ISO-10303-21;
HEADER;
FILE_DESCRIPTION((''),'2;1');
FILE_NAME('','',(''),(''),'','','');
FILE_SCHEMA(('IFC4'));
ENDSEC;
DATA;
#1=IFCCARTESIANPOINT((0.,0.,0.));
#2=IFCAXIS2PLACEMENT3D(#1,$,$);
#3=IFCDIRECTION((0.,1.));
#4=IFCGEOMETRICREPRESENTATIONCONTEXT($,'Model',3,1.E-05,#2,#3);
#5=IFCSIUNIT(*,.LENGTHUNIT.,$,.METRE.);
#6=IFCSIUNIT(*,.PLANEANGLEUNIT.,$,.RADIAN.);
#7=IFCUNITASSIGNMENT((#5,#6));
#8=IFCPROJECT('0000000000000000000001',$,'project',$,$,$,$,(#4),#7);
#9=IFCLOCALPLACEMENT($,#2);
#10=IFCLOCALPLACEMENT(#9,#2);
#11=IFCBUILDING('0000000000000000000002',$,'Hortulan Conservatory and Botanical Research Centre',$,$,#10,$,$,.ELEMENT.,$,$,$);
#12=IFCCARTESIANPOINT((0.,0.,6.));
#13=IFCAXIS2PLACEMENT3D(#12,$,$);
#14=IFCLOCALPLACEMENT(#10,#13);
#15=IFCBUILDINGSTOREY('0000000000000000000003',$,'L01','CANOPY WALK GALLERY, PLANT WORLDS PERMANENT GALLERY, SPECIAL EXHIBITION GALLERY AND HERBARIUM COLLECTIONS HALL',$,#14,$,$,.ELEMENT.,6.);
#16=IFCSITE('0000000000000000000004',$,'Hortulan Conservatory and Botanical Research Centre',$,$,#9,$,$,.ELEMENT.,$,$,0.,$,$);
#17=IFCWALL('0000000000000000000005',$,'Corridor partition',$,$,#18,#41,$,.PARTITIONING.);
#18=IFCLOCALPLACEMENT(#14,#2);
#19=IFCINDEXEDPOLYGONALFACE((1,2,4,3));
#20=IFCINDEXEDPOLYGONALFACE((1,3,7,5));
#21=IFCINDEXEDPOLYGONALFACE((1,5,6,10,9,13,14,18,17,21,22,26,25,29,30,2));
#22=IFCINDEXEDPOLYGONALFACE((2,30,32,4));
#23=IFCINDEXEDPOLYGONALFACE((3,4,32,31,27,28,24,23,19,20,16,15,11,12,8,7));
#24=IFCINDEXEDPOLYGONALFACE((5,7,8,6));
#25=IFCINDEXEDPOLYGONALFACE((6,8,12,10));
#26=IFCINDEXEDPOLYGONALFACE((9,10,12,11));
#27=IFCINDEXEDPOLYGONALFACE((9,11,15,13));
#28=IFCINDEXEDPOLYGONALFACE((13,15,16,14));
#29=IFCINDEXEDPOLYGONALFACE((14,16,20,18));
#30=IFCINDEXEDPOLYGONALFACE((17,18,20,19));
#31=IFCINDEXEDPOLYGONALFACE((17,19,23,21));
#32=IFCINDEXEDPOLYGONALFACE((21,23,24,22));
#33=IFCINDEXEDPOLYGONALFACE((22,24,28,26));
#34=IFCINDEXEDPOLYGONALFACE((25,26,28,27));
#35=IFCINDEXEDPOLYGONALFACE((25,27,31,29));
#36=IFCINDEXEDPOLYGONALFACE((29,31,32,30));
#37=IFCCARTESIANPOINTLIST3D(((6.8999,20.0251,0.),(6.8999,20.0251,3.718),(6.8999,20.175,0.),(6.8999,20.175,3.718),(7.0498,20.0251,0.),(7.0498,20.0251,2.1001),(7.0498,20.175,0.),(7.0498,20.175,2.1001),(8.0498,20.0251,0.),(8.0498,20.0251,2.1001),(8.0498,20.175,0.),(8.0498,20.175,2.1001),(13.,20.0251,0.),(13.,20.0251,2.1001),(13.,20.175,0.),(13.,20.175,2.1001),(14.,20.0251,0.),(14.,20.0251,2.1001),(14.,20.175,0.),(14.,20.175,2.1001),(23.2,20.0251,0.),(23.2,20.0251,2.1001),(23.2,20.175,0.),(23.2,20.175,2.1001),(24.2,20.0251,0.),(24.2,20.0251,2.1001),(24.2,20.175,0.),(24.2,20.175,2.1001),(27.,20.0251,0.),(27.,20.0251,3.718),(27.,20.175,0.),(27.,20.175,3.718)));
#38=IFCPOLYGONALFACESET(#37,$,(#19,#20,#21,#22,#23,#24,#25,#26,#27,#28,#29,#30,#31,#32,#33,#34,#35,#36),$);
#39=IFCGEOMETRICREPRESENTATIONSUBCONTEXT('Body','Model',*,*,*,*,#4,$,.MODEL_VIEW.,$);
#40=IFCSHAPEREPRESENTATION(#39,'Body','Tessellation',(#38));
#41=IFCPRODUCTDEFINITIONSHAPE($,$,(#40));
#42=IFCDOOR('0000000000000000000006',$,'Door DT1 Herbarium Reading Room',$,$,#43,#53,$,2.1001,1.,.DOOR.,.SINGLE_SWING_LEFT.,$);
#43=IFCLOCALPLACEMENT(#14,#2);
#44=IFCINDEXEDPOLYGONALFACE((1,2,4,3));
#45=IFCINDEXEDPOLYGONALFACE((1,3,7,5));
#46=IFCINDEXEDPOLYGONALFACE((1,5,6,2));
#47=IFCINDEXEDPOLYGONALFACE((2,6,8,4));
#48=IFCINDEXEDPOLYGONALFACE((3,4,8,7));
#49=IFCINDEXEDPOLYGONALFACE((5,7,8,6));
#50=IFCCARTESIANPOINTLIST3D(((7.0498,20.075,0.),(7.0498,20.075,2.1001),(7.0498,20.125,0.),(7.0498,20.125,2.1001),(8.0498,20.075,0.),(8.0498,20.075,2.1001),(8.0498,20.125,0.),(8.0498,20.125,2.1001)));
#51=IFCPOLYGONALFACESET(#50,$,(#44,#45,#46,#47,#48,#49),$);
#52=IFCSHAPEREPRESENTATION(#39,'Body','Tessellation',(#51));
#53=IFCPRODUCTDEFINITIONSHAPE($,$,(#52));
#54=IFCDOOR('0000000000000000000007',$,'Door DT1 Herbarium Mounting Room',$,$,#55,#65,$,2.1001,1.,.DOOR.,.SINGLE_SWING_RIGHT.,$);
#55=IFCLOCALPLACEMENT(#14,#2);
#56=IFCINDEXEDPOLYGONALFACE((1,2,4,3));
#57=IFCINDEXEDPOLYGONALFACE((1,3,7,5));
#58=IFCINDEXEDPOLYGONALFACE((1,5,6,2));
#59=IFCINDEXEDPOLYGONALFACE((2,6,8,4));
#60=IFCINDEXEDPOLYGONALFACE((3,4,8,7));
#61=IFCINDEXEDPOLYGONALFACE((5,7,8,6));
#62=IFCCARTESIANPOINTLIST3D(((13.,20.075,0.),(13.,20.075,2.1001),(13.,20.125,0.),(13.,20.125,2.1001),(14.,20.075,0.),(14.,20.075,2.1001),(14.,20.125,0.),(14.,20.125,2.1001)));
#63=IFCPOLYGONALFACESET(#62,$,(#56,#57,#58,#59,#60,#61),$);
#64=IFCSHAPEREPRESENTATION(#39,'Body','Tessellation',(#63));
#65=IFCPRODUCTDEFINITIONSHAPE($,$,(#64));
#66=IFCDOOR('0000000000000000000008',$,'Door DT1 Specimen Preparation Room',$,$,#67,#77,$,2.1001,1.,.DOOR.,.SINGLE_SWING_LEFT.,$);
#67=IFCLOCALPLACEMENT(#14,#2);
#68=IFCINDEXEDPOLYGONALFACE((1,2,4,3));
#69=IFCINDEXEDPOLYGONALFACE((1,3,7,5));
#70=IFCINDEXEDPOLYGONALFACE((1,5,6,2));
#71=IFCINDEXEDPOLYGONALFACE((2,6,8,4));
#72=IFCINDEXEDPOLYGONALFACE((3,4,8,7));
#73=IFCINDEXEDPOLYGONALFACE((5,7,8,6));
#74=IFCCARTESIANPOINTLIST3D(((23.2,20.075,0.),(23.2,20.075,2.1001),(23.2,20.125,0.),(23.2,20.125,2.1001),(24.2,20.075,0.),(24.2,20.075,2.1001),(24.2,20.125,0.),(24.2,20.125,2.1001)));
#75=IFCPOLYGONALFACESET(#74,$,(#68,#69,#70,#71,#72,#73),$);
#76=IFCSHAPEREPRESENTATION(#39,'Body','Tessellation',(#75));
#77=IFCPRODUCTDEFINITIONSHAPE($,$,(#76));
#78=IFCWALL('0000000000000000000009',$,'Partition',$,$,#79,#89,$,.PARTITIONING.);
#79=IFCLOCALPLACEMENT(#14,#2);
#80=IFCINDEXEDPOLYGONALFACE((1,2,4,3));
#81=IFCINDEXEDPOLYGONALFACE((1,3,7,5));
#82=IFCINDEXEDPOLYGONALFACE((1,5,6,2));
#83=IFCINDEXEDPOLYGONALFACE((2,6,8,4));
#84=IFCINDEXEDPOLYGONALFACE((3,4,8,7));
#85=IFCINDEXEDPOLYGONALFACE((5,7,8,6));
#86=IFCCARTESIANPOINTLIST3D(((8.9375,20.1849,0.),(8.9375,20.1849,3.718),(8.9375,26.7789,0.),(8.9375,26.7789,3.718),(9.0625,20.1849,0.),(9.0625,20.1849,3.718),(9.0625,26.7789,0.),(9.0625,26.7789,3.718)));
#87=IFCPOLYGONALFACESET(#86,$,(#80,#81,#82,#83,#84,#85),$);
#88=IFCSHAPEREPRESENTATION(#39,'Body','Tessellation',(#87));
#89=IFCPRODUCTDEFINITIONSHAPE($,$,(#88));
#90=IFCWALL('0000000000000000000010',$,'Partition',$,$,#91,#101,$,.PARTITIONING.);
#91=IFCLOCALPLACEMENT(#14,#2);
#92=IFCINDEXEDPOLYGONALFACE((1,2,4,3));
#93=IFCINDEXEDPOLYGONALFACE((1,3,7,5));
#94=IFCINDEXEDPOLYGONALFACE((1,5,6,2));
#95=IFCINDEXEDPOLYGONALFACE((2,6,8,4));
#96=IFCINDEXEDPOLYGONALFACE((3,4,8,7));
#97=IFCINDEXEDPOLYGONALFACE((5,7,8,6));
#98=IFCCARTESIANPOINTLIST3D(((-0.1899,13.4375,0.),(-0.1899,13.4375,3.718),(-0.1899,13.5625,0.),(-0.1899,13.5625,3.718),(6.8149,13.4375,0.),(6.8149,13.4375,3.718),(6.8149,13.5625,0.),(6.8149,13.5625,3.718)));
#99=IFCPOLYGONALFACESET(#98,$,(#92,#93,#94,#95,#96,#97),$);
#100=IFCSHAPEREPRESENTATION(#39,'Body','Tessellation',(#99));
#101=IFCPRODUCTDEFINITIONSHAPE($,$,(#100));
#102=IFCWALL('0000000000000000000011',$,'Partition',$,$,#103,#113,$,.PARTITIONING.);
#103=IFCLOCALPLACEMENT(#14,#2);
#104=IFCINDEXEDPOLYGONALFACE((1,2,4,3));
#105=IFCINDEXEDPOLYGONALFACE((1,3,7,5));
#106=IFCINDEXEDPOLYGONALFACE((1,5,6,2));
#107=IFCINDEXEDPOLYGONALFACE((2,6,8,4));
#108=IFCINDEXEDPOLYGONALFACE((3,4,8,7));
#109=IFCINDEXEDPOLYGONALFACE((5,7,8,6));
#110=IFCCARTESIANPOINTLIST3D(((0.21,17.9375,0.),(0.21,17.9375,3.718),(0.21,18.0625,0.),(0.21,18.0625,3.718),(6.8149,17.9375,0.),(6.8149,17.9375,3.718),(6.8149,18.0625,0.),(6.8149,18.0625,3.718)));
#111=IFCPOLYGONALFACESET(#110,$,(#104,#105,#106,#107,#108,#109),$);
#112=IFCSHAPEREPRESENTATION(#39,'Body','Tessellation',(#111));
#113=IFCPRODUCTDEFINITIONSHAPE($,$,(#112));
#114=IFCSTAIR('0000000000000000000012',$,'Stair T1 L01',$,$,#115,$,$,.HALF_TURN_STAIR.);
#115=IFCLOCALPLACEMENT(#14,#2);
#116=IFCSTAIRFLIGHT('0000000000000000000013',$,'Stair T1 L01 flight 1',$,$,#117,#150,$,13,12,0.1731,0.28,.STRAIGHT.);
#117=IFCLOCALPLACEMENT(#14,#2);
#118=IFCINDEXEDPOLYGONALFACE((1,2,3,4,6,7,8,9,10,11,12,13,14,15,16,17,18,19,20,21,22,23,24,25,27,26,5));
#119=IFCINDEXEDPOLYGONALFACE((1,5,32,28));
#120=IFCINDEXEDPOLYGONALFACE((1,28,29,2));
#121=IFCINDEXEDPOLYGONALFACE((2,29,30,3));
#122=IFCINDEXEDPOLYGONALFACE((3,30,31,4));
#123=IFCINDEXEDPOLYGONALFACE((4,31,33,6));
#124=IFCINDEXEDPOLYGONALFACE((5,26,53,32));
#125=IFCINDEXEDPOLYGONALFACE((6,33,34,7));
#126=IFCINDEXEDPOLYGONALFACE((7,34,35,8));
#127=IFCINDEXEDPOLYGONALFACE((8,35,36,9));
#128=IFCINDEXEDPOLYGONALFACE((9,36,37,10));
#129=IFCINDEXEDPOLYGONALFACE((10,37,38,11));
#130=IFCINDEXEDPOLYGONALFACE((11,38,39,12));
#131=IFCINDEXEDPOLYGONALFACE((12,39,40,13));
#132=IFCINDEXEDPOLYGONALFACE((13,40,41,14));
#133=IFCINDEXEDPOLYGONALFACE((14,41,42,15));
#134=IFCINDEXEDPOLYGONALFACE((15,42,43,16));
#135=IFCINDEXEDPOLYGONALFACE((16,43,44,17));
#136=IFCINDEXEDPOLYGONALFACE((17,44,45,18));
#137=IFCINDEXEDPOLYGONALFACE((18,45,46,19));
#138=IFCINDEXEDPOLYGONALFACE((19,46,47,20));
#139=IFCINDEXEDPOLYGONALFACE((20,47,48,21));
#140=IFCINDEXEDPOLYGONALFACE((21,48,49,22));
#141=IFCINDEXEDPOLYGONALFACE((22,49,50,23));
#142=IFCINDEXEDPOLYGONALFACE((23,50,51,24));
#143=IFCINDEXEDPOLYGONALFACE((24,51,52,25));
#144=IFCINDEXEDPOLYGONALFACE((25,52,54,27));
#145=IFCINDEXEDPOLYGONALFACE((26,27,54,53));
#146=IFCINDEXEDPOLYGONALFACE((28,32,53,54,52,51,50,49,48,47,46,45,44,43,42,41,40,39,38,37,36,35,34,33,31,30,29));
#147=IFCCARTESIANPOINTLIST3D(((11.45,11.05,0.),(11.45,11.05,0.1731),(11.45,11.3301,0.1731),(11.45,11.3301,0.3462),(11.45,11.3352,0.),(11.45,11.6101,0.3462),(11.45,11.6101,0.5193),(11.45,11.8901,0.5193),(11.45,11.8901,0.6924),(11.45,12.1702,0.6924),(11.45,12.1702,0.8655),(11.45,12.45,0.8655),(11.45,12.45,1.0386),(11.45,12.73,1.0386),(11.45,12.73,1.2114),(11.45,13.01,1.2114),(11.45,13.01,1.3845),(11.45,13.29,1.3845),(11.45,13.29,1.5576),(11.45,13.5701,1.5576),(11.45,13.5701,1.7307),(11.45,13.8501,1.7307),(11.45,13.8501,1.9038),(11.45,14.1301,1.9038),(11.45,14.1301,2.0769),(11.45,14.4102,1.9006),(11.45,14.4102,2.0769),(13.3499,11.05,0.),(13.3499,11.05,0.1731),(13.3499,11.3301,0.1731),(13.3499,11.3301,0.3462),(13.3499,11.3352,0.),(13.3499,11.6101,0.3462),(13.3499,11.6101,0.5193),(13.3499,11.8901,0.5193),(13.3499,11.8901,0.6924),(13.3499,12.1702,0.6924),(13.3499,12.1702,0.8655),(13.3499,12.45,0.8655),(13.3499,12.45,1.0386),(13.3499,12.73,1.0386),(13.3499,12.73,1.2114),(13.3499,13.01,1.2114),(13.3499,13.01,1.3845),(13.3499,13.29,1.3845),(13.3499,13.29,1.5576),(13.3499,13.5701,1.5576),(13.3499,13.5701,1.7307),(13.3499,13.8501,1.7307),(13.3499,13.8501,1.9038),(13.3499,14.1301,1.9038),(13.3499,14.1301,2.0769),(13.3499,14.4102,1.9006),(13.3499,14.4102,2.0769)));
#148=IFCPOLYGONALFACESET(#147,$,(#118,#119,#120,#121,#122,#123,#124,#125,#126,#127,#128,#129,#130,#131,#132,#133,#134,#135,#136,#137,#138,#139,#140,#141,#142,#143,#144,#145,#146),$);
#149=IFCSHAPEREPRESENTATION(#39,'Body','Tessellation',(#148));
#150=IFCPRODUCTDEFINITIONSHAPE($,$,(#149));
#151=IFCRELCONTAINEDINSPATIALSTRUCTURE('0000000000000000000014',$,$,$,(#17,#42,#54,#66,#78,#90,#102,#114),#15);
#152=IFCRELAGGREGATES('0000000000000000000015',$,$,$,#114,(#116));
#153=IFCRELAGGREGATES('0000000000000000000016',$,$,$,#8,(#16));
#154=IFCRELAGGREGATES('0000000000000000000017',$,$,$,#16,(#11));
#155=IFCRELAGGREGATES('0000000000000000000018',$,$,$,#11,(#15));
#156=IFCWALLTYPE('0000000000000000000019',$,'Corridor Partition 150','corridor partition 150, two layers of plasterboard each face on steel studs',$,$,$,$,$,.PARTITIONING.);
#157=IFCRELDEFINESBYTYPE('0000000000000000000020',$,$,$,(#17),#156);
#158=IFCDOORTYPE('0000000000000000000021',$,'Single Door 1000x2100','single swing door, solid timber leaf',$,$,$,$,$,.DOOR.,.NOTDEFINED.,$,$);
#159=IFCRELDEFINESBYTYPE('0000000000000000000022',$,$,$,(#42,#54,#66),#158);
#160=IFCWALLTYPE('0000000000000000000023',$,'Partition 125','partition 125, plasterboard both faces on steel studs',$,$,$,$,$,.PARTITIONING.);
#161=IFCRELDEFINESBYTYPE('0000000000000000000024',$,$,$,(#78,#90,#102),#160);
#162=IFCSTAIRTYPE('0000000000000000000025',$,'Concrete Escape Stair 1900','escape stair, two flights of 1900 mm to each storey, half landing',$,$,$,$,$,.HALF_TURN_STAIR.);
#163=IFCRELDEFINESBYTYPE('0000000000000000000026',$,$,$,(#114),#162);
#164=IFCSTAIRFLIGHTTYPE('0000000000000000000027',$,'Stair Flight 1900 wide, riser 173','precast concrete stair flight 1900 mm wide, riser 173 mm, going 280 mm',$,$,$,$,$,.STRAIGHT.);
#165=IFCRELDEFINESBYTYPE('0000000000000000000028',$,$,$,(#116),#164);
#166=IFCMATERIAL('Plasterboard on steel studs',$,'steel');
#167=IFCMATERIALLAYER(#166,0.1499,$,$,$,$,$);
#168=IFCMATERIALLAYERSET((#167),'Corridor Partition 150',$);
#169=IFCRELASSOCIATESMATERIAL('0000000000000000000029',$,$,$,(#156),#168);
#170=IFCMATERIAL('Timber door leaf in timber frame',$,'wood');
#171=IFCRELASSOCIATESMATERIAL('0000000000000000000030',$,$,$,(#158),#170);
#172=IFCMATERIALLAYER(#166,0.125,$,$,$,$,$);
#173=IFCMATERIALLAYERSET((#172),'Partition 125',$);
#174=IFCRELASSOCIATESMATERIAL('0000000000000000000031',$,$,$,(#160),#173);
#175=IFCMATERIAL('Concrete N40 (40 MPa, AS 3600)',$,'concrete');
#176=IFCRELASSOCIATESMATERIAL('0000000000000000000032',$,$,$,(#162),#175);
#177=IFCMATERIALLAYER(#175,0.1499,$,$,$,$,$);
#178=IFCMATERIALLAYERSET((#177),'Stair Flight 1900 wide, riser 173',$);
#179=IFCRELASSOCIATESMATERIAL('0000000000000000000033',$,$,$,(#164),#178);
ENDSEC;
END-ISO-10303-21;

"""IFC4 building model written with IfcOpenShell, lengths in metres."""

from ifc_helpers import new_model, si_unit, direction, frame, frame_2d, origin, place, context, subcontext, project, spatial, polyline, rectangle, outline, extrude, material, layer, layer_set, type_object, element, fill, aggregate, save


model = new_model("IFC4")

# Units and contexts
model_context = context("Model", 3, precision=1e-05, world=origin(), true_north=direction((0.0, 1.0)))
body_context = subcontext(model_context, "Body", "Model", "MODEL_VIEW")
ifc_project = project(units=[si_unit("LENGTHUNIT", "METRE"), si_unit("PLANEANGLEUNIT", "RADIAN")], contexts=[model_context])

# Site, building, storey
site_placement = place(None, origin())
site = spatial("IfcSite", under=ifc_project, at=site_placement, Name="Hortulan Conservatory and Botanical Research Centre", CompositionType="ELEMENT", RefElevation=0.0)
building_placement = place(site_placement, origin())
building = spatial("IfcBuilding", under=site, at=building_placement, Name="Hortulan Conservatory and Botanical Research Centre", CompositionType="ELEMENT")
storey_placement = place(building_placement, frame((0.0, 0.0, 6.0)))
storey = spatial("IfcBuildingStorey", under=building, at=storey_placement, Name="L01", Description="CANOPY WALK GALLERY, PLANT WORLDS PERMANENT GALLERY, SPECIAL EXHIBITION GALLERY AND HERBARIUM COLLECTIONS HALL", CompositionType="ELEMENT", Elevation=6.0)

# Wall, openings, doors
ifc_material_1 = material(Name="Plasterboard on steel studs", Category="steel")
ifc_layer_1 = layer(ifc_material_1, 0.1499)
ifc_layer_set_1 = layer_set([ifc_layer_1], Name="Corridor Partition 150")
wall_type_1 = type_object("IfcWallType", Name="Corridor Partition 150", Description="corridor partition 150, two layers of plasterboard each face on steel studs", PredefinedType="PARTITIONING", material=ifc_layer_set_1)
wall_1_placement = place(storey_placement, frame((6.8999, 20.1001, 0.0), z_axis=(0.0, 0.0, 1.0), x_axis=(1.0, 0.0, 0.0)))
wall_1 = element("IfcWall", 1, at=wall_1_placement, inside=storey, type_object=wall_type_1, Name="Corridor partition", PredefinedType="PARTITIONING", context=body_context, shape_type="SweptSolid", body=[
    extrude(rectangle(XDim=20.1001, YDim=0.1499, at=frame_2d((10.05, 0.0))), origin(), (0.0, 0.0, 1.0), 3.718),
])
opening_1_placement = place(wall_1_placement, frame((0.1499, 0.0, 0.0)))
opening_1 = element("IfcOpeningElement", 2, at=opening_1_placement, cuts=wall_1, PredefinedType="OPENING", context=body_context, shape_type="SweptSolid", body=[
    extrude(rectangle(XDim=1.0, YDim=2.1001, at=frame_2d((0.5, 1.05))), frame((0.0, 0.085, 0.0), z_axis=(0.0, -1.0, 0.0), x_axis=(1.0, 0.0, 0.0)), (0.0, 0.0, 1.0), 0.1699),
])
opening_2_placement = place(wall_1_placement, frame((6.1001, 0.0, 0.0)))
opening_2 = element("IfcOpeningElement", 3, at=opening_2_placement, cuts=wall_1, PredefinedType="OPENING", context=body_context, shape_type="SweptSolid", body=[
    extrude(rectangle(XDim=1.0, YDim=2.1001, at=frame_2d((0.5, 1.05))), frame((0.0, 0.085, 0.0), z_axis=(0.0, -1.0, 0.0), x_axis=(1.0, 0.0, 0.0)), (0.0, 0.0, 1.0), 0.1699),
])
opening_3_placement = place(wall_1_placement, frame((16.3, 0.0, 0.0)))
opening_3 = element("IfcOpeningElement", 4, at=opening_3_placement, cuts=wall_1, PredefinedType="OPENING", context=body_context, shape_type="SweptSolid", body=[
    extrude(rectangle(XDim=1.0, YDim=2.1001, at=frame_2d((0.5, 1.05))), frame((0.0, 0.085, 0.0), z_axis=(0.0, -1.0, 0.0), x_axis=(1.0, 0.0, 0.0)), (0.0, 0.0, 1.0), 0.1699),
])
ifc_material_2 = material(Name="Timber door leaf in timber frame", Category="wood")
door_type = type_object("IfcDoorType", Name="Single Door 1000x2100", Description="single swing door, solid timber leaf", OperationType="NOTDEFINED", PredefinedType="DOOR", material=ifc_material_2)
door_1_placement = place(opening_1_placement, origin())
door_1 = element("IfcDoor", 5, at=door_1_placement, inside=storey, type_object=door_type, Name="Door DT1 Herbarium Reading Room", OperationType="SINGLE_SWING_LEFT", OverallHeight=2.1001, OverallWidth=1.0, PredefinedType="DOOR", context=body_context, shape_type="SweptSolid", body=[
    extrude(rectangle(XDim=1.0, YDim=2.1001, at=frame_2d((0.5, 1.05))), frame((0.0, 0.0249, 0.0), z_axis=(0.0, -1.0, 0.0), x_axis=(1.0, 0.0, 0.0)), (0.0, 0.0, 1.0), 0.05),
])
fill(opening_1, door_1)
door_2_placement = place(opening_2_placement, origin())
door_2 = element("IfcDoor", 6, at=door_2_placement, inside=storey, type_object=door_type, Name="Door DT1 Herbarium Mounting Room", OperationType="SINGLE_SWING_RIGHT", OverallHeight=2.1001, OverallWidth=1.0, PredefinedType="DOOR", context=body_context, shape_type="SweptSolid", body=[
    extrude(rectangle(XDim=1.0, YDim=2.1001, at=frame_2d((0.5, 1.05))), frame((0.0, 0.0249, 0.0), z_axis=(0.0, -1.0, 0.0), x_axis=(1.0, 0.0, 0.0)), (0.0, 0.0, 1.0), 0.05),
])
fill(opening_2, door_2)
door_3_placement = place(opening_3_placement, origin())
door_3 = element("IfcDoor", 7, at=door_3_placement, inside=storey, type_object=door_type, Name="Door DT1 Specimen Preparation Room", OperationType="SINGLE_SWING_LEFT", OverallHeight=2.1001, OverallWidth=1.0, PredefinedType="DOOR", context=body_context, shape_type="SweptSolid", body=[
    extrude(rectangle(XDim=1.0, YDim=2.1001, at=frame_2d((0.5, 1.05))), frame((0.0, 0.0249, 0.0), z_axis=(0.0, -1.0, 0.0), x_axis=(1.0, 0.0, 0.0)), (0.0, 0.0, 1.0), 0.05),
])
fill(opening_3, door_3)

# Walls
ifc_layer_2 = layer(ifc_material_1, 0.125)
ifc_layer_set_2 = layer_set([ifc_layer_2], Name="Partition 125")
wall_type_2 = type_object("IfcWallType", Name="Partition 125", Description="partition 125, plasterboard both faces on steel studs", PredefinedType="PARTITIONING", material=ifc_layer_set_2)
wall_2_placement = place(storey_placement, frame((9.0, 20.1851, 0.0), z_axis=(0.0, 0.0, 1.0), x_axis=(0.0, 1.0, 0.0)))
element("IfcWall", 8, at=wall_2_placement, inside=storey, type_object=wall_type_2, Name="Partition", PredefinedType="PARTITIONING", context=body_context, shape_type="SweptSolid", body=[
    extrude(rectangle(XDim=6.594, YDim=0.125, at=frame_2d((3.2969, 0.0))), origin(), (0.0, 0.0, 1.0), 3.718),
])
wall_3_placement = place(storey_placement, frame((-0.1899, 13.5, 0.0), z_axis=(0.0, 0.0, 1.0), x_axis=(1.0, 0.0, 0.0)))
element("IfcWall", 9, at=wall_3_placement, inside=storey, type_object=wall_type_2, Name="Partition", PredefinedType="PARTITIONING", context=body_context, shape_type="SweptSolid", body=[
    extrude(rectangle(XDim=7.0049, YDim=0.125, at=frame_2d((3.5024, 0.0))), origin(), (0.0, 0.0, 1.0), 3.718),
])
wall_4_placement = place(storey_placement, frame((0.21, 18.0, 0.0), z_axis=(0.0, 0.0, 1.0), x_axis=(1.0, 0.0, 0.0)))
element("IfcWall", 10, at=wall_4_placement, inside=storey, type_object=wall_type_2, Name="Partition", PredefinedType="PARTITIONING", context=body_context, shape_type="SweptSolid", body=[
    extrude(rectangle(XDim=6.605, YDim=0.125, at=frame_2d((3.3025, 0.0))), origin(), (0.0, 0.0, 1.0), 3.718),
])

# Stair, stair flight
ifc_material_3 = material(Name="Concrete N40 (40 MPa, AS 3600)", Category="concrete")
stair_type = type_object("IfcStairType", Name="Concrete Escape Stair 1900", Description="escape stair, two flights of 1900 mm to each storey, half landing", PredefinedType="HALF_TURN_STAIR", material=ifc_material_3)
stair_placement = place(storey_placement, origin())
stair = element("IfcStair", 11, at=stair_placement, inside=storey, type_object=stair_type, Name="Stair T1 L01", PredefinedType="HALF_TURN_STAIR")
ifc_layer_3 = layer(ifc_material_3, 0.1499)
ifc_layer_set_3 = layer_set([ifc_layer_3], Name="Stair Flight 1900 wide, riser 173")
stair_flight_type = type_object("IfcStairFlightType", Name="Stair Flight 1900 wide, riser 173", Description="precast concrete stair flight 1900 mm wide, riser 173 mm, going 280 mm", PredefinedType="STRAIGHT", material=ifc_layer_set_3)
stair_flight_1_placement = place(storey_placement, frame((12.3999, 11.05, 0.0), z_axis=(0.0, 0.0, 1.0), x_axis=(0.0, 1.0, 0.0)))
stair_flight_1 = element("IfcStairFlight", 12, at=stair_flight_1_placement, type_object=stair_flight_type, Name="Stair T1 L01 flight 1", NumberOfRisers=13, NumberOfTreads=12, PredefinedType="STRAIGHT", RiserHeight=0.1731, TreadLength=0.28, context=body_context, shape_type="SweptSolid", body=[
    extrude(outline(polyline([(0.0, 0.0), (0.0, 0.1731), (0.28, 0.1731), (0.28, 0.3462), (0.5601, 0.3462), (0.5601, 0.5193), (0.8401, 0.5193), (0.8401, 0.6924), (1.1201, 0.6924), (1.1201, 0.8655), (1.3999, 0.8655), (1.3999, 1.0386), (1.6799, 1.0386), (1.6799, 1.2114), (1.96, 1.2114), (1.96, 1.3845), (2.24, 1.3845), (2.24, 1.5576), (2.52, 1.5576), (2.52, 1.7307), (2.8, 1.7307), (2.8, 1.9038), (3.0801, 1.9038), (3.0801, 2.0769), (3.3601, 2.0769), (3.3601, 2.25), (3.3601, 1.9006), (0.2852, 0.0), (0.0, 0.0)])), frame((0.0, 0.95, 0.0), z_axis=(0.0, -1.0, 0.0), x_axis=(1.0, 0.0, 0.0)), (0.0, 0.0, 1.0), 1.8999),
])
aggregate(stair, [stair_flight_1])

save(model, "model.ifc")
